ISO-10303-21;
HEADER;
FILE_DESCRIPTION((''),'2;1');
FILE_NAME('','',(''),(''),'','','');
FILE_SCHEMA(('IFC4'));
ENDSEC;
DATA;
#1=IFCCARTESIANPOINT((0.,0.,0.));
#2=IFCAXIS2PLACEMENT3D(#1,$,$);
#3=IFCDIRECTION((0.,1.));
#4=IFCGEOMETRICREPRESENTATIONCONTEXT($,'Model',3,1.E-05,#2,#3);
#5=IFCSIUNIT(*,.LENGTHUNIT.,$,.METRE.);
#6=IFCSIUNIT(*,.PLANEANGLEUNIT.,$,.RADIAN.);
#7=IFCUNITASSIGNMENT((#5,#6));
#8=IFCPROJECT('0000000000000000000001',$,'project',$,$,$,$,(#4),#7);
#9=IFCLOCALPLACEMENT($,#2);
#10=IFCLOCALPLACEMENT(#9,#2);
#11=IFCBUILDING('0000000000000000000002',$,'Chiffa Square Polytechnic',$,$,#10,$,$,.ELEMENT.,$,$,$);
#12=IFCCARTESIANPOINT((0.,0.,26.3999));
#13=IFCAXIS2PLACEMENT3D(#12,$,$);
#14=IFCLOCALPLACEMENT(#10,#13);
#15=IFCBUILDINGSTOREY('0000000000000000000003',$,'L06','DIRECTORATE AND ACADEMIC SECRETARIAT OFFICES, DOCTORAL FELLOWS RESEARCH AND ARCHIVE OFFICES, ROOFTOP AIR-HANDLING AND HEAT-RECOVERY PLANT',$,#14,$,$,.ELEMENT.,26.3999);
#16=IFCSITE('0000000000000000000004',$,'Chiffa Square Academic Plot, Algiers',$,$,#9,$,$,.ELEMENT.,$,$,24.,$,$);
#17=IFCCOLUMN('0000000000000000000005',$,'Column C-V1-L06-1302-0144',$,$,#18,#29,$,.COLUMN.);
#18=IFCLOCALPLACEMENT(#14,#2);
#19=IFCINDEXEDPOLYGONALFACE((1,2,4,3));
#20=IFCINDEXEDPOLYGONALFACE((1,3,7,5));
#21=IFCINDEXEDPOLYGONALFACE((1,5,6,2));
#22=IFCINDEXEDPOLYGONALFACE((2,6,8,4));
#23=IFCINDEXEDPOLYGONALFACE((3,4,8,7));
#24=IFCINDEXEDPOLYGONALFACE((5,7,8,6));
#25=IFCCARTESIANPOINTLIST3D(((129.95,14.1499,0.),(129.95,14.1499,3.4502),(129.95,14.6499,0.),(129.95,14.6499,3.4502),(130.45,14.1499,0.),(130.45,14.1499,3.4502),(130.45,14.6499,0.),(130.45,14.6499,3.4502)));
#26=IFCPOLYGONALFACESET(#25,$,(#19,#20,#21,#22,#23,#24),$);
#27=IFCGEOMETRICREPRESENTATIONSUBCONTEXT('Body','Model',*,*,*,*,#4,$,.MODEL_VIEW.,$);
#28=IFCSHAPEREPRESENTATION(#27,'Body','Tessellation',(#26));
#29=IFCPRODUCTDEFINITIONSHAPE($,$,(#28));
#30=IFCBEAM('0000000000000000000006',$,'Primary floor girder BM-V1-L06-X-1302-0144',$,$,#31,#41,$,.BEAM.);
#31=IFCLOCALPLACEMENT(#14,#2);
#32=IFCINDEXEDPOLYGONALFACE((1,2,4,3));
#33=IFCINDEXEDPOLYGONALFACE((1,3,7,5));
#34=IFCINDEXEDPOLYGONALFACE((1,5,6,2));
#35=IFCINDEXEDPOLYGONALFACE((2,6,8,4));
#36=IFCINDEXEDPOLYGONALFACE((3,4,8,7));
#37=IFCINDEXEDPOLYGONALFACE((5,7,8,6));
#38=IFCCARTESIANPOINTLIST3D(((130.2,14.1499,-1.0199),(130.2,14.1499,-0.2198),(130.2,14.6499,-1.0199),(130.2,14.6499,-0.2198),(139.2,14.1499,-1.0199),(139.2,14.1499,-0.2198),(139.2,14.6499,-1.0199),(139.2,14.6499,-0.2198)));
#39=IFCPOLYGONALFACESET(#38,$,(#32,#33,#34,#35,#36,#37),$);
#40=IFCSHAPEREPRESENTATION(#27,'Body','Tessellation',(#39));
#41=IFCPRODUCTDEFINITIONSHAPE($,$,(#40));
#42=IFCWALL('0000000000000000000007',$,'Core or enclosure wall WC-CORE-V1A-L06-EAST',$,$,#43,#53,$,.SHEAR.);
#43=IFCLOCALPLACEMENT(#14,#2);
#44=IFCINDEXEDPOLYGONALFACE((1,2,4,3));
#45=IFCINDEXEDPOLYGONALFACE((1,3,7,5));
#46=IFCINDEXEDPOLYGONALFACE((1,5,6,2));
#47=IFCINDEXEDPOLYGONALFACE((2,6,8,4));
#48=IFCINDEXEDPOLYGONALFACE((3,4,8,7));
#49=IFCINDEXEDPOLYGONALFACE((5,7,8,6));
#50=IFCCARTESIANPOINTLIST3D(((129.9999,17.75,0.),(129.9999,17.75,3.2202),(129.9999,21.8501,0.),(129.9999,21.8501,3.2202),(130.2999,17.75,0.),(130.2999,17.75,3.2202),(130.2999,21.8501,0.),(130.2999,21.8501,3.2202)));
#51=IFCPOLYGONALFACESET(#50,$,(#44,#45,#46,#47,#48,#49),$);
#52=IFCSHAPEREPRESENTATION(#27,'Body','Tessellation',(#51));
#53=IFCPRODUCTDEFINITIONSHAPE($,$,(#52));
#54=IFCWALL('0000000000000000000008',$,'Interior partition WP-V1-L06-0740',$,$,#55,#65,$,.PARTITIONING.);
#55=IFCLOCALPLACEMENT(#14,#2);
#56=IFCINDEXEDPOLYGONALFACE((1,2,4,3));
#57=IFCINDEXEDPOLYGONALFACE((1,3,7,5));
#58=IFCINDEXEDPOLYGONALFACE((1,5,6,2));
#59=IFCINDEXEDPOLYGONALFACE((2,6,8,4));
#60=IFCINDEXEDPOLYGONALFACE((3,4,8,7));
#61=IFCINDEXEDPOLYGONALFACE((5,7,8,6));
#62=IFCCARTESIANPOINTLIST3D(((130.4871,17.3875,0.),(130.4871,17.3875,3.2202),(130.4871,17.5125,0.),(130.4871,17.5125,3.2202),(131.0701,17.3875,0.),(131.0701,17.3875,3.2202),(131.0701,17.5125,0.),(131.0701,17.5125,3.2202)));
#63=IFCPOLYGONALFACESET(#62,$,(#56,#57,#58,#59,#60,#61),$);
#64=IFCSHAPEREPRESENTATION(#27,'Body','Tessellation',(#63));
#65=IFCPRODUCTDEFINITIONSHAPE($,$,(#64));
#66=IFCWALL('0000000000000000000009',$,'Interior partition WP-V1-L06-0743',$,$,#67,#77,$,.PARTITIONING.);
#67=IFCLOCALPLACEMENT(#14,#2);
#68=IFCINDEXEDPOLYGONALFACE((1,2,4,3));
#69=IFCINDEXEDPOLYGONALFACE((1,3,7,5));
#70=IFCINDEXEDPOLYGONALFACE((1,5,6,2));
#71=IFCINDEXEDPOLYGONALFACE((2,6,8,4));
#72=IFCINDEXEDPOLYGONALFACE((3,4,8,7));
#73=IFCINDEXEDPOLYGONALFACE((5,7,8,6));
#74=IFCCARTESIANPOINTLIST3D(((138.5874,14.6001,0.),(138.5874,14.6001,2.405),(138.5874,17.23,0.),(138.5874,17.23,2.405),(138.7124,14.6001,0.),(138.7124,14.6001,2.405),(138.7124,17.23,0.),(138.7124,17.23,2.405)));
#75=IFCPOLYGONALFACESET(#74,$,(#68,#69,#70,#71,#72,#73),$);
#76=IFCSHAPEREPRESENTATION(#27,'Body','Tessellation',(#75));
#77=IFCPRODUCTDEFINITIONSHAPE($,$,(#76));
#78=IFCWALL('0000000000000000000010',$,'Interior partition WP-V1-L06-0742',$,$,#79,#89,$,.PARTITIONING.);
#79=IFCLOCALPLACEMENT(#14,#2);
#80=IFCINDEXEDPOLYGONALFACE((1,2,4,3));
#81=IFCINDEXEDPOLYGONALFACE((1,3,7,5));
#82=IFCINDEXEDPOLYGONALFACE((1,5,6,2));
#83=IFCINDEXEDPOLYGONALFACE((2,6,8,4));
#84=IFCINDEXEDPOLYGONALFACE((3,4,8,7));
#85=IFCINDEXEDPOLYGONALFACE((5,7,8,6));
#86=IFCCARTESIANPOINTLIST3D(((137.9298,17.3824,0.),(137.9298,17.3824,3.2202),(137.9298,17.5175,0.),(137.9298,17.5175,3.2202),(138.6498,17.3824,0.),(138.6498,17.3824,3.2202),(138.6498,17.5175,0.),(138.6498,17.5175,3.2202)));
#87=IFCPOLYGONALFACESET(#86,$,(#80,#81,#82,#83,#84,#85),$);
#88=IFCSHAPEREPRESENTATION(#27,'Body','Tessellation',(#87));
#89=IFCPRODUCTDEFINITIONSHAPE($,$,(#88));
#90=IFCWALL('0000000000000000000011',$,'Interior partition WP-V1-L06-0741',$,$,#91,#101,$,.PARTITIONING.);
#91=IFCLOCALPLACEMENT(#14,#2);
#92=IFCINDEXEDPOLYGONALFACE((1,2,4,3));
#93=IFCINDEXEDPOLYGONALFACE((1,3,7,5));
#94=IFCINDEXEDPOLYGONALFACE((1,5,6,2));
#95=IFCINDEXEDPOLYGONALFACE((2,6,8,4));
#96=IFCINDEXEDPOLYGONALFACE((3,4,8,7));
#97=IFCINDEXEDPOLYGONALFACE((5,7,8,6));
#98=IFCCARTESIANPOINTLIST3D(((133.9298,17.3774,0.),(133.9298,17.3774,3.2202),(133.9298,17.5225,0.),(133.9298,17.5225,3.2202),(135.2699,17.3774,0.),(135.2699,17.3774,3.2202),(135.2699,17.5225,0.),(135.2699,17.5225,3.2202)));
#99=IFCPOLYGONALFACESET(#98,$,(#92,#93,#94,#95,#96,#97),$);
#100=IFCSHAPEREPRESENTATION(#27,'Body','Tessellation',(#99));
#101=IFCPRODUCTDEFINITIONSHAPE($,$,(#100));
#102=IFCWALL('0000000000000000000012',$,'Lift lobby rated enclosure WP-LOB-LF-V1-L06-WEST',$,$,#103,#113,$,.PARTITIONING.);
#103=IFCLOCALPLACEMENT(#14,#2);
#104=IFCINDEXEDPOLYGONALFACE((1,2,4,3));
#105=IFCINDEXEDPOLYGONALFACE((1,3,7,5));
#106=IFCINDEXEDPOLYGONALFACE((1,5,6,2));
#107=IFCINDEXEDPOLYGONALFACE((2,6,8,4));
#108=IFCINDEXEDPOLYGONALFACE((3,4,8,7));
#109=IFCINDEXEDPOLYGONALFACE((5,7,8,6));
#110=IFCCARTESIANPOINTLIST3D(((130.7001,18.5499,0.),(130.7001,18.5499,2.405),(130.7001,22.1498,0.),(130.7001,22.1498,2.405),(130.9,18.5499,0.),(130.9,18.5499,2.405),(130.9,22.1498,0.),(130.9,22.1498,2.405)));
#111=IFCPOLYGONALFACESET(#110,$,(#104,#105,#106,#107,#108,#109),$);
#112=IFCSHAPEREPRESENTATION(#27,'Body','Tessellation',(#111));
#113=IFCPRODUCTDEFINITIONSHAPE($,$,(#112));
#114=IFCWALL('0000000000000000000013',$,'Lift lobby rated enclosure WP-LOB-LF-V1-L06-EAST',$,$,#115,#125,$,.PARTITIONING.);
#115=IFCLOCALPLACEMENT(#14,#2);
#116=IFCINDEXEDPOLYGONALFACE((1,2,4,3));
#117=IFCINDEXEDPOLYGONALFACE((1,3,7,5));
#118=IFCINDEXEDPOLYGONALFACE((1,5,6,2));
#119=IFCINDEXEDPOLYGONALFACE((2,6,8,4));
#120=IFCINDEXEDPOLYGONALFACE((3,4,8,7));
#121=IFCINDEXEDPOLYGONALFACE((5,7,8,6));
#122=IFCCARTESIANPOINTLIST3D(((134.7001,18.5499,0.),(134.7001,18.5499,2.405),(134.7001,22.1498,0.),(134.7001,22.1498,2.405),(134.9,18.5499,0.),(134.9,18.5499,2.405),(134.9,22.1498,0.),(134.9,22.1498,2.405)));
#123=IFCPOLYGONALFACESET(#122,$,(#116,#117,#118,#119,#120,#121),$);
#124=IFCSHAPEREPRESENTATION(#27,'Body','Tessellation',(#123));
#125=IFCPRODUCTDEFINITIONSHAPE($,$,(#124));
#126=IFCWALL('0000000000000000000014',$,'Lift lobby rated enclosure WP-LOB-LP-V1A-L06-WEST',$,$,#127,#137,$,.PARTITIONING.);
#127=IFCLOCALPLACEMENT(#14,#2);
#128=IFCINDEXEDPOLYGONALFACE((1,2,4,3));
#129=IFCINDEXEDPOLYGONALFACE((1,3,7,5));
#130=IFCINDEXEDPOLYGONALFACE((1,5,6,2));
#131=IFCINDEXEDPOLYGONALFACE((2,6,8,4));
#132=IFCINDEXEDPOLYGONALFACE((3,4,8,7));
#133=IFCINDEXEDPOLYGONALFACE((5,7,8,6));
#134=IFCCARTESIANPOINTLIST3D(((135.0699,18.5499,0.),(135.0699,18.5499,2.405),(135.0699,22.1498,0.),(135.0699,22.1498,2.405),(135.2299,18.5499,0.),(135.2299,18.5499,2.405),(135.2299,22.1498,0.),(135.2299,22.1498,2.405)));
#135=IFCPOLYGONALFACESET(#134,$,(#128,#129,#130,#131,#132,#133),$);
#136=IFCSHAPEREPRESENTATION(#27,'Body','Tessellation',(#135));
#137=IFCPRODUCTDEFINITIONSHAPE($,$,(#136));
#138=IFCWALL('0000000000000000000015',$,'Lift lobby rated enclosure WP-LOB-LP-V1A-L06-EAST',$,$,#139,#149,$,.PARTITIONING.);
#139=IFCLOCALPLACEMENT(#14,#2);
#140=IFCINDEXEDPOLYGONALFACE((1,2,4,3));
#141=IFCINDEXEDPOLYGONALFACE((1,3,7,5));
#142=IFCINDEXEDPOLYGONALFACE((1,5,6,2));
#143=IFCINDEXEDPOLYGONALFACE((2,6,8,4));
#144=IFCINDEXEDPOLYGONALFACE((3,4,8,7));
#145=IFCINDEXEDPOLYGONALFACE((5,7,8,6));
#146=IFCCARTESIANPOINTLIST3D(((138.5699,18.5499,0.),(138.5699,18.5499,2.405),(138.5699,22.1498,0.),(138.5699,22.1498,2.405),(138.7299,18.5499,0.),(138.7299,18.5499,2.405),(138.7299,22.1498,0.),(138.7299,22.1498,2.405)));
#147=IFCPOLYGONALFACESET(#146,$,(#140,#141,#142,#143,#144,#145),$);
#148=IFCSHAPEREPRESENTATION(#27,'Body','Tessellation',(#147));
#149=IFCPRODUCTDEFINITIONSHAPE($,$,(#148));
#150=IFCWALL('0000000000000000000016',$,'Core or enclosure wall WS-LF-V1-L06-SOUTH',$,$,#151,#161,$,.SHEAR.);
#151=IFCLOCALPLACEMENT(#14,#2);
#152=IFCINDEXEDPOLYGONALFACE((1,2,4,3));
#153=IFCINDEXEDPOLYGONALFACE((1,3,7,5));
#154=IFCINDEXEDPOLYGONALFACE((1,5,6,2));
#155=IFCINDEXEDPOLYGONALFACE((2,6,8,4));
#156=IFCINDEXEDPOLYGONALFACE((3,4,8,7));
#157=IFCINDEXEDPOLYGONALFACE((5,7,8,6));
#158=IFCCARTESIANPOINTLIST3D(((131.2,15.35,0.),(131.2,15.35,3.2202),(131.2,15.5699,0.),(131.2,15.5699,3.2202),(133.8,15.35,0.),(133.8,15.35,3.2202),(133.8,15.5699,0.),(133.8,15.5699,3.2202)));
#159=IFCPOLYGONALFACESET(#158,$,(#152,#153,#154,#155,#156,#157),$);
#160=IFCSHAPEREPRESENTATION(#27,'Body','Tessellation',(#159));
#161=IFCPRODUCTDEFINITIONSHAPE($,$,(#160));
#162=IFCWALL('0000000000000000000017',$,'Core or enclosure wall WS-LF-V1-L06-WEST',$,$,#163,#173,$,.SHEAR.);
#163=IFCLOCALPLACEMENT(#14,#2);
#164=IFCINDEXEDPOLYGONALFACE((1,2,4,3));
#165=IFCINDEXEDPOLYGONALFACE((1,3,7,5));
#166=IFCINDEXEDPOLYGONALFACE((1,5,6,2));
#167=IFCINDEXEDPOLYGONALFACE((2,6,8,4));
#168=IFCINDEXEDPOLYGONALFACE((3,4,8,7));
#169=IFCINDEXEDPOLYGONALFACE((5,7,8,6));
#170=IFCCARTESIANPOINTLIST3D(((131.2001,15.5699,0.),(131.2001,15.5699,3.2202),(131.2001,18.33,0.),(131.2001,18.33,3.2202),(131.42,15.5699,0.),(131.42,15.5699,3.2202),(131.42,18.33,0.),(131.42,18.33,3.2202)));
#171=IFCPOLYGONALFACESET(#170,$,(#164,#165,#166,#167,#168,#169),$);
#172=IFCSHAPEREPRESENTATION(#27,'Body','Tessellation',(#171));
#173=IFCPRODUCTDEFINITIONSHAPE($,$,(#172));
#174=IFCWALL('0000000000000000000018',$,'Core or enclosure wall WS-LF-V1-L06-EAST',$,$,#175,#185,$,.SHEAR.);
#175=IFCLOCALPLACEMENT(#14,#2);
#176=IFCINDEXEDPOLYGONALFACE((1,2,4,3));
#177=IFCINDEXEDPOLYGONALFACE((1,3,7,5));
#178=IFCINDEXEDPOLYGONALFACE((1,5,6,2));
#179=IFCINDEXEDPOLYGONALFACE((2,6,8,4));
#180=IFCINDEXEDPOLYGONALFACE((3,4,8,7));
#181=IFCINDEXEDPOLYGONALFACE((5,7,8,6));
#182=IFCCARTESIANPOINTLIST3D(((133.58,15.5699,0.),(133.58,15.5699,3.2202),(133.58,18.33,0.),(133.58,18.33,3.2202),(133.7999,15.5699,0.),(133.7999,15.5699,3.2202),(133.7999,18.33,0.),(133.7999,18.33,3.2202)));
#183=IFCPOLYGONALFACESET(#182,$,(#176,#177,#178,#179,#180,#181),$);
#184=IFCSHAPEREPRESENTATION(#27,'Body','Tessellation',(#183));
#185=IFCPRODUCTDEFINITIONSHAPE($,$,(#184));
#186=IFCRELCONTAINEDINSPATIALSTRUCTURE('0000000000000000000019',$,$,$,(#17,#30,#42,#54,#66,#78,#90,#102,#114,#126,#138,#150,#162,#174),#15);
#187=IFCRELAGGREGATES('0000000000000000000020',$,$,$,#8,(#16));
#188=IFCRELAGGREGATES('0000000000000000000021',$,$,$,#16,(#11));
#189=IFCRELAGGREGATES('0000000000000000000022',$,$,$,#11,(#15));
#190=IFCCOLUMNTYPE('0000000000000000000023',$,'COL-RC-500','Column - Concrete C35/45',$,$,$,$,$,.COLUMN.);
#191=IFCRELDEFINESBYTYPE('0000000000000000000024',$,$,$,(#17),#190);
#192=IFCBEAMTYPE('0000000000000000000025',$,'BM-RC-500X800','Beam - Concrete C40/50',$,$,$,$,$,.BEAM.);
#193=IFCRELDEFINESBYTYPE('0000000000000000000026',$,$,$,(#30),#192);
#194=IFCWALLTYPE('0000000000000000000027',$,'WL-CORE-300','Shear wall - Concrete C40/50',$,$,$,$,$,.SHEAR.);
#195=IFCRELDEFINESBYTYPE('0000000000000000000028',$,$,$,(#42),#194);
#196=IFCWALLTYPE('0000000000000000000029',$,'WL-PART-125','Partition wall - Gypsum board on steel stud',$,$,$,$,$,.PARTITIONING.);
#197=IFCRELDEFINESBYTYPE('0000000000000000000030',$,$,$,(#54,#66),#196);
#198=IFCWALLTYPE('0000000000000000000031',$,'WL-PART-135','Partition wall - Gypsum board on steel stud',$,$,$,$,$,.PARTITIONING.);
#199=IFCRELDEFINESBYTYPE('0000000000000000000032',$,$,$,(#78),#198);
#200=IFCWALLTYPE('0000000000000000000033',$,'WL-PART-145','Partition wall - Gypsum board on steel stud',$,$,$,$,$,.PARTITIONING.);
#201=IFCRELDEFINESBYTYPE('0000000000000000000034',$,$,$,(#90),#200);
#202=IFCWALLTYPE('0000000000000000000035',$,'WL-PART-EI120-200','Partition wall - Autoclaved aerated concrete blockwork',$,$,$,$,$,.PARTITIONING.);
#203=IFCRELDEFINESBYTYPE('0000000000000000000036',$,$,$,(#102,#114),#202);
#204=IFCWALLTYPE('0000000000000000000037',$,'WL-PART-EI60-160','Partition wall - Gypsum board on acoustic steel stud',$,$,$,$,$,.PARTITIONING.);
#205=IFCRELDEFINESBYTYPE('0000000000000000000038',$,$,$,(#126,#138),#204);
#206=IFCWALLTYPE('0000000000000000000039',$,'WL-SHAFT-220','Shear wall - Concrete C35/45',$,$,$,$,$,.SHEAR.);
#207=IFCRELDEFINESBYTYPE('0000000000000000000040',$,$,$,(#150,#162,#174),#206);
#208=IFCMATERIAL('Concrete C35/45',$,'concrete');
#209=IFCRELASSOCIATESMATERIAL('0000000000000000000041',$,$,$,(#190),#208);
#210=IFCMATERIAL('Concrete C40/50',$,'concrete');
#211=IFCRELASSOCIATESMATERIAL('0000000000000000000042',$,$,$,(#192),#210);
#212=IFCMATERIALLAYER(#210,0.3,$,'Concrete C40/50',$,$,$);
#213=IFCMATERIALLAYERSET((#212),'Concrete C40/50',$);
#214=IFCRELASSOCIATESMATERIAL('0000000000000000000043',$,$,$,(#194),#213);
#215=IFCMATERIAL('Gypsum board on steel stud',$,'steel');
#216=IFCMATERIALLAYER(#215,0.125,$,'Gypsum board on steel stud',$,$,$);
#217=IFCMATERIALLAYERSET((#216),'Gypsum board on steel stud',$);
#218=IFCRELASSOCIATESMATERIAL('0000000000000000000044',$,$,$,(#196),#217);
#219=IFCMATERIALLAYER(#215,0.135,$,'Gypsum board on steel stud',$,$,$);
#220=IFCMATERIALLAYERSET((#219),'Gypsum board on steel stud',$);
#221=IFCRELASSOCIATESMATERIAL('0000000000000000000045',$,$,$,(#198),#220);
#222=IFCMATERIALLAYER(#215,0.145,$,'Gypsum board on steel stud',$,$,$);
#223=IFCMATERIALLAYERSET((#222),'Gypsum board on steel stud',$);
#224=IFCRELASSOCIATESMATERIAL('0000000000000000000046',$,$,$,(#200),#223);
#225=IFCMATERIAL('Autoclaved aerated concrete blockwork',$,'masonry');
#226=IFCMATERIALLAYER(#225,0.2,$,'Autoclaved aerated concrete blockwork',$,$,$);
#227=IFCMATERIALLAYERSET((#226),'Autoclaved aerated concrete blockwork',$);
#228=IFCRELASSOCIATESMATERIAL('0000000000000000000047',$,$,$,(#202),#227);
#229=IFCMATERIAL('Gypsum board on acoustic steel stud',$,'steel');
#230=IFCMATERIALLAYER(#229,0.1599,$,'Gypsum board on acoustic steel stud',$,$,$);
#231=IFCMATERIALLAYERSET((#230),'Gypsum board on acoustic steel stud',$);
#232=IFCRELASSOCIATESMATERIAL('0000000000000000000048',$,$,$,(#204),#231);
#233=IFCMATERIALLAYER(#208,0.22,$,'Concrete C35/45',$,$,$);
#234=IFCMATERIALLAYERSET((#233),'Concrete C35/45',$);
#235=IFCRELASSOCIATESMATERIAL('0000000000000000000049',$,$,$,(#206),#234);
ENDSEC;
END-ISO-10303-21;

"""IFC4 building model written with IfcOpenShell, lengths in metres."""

from ifc_helpers import new_model, si_unit, direction, frame, frame_2d, origin, origin_2d, place, context, subcontext, project, spatial, rectangle, extrude, material, layer, layer_set, material_profile, profile_set, type_object, element, save


model = new_model("IFC4")

# Units and contexts
model_context = context("Model", 3, precision=1e-05, world=origin(), true_north=direction((0.0, 1.0)))
body_context = subcontext(model_context, "Body", "Model", "MODEL_VIEW")
ifc_project = project(units=[si_unit("LENGTHUNIT", "METRE"), si_unit("PLANEANGLEUNIT", "RADIAN")], contexts=[model_context])

# Site, building, storey
site_placement = place(None, origin())
site = spatial("IfcSite", under=ifc_project, at=site_placement, Name="Chiffa Square Academic Plot, Algiers", CompositionType="ELEMENT", RefElevation=24.0)
building_placement = place(site_placement, origin())
building = spatial("IfcBuilding", under=site, at=building_placement, Name="Chiffa Square Polytechnic", CompositionType="ELEMENT")
storey_placement = place(building_placement, frame((0.0, 0.0, 26.3999)))
storey = spatial("IfcBuildingStorey", under=building, at=storey_placement, Name="L06", Description="DIRECTORATE AND ACADEMIC SECRETARIAT OFFICES, DOCTORAL FELLOWS RESEARCH AND ARCHIVE OFFICES, ROOFTOP AIR-HANDLING AND HEAT-RECOVERY PLANT", CompositionType="ELEMENT", Elevation=26.3999)

# Column
ifc_material_1 = material(Name="Concrete C35/45", Category="concrete")
ifc_material_profile_1 = material_profile(ifc_material_1, rectangle(XDim=0.5, YDim=0.5, at=origin_2d()), Name="RC 500x500")
ifc_profile_set_1 = profile_set([ifc_material_profile_1], Name="Concrete C35/45")
column_type = type_object("IfcColumnType", Name="COL-RC-500", Description="Column - Concrete C35/45", PredefinedType="COLUMN", material=ifc_profile_set_1)
column_placement = place(storey_placement, frame((130.2, 14.3999, 0.0), z_axis=(0.0, 0.0, 1.0), x_axis=(1.0, 0.0, 0.0)))
element("IfcColumn", 1, at=column_placement, inside=storey, type_object=column_type, Name="Column C-V1-L06-1302-0144", PredefinedType="COLUMN", context=body_context, shape_type="SweptSolid", body=[
    extrude(rectangle(XDim=0.5, YDim=0.5, at=origin_2d()), origin(), (0.0, 0.0, 1.0), 3.4502),
])

# Beam
ifc_material_2 = material(Name="Concrete C40/50", Category="concrete")
ifc_material_profile_2 = material_profile(ifc_material_2, rectangle(XDim=0.5, YDim=0.8, at=origin_2d()), Name="RC 500x800")
ifc_profile_set_2 = profile_set([ifc_material_profile_2], Name="Concrete C40/50")
beam_type = type_object("IfcBeamType", Name="BM-RC-500X800", Description="Beam - Concrete C40/50", PredefinedType="BEAM", material=ifc_profile_set_2)
beam_placement = place(storey_placement, frame((130.2, 14.3999, -0.6199), z_axis=(1.0, 0.0, 0.0), x_axis=(0.0, 1.0, 0.0)))
element("IfcBeam", 2, at=beam_placement, inside=storey, type_object=beam_type, Name="Primary floor girder BM-V1-L06-X-1302-0144", PredefinedType="BEAM", context=body_context, shape_type="SweptSolid", body=[
    extrude(rectangle(XDim=0.5, YDim=0.8, at=origin_2d()), origin(), (0.0, 0.0, 1.0), 9.0),
])

# Walls
ifc_layer_1 = layer(ifc_material_2, 0.3, Name="Concrete C40/50")
ifc_layer_set_1 = layer_set([ifc_layer_1], Name="Concrete C40/50")
wall_type_1 = type_object("IfcWallType", Name="WL-CORE-300", Description="Shear wall - Concrete C40/50", PredefinedType="SHEAR", material=ifc_layer_set_1)
wall_1_placement = place(storey_placement, frame((130.1499, 17.75, 0.0), z_axis=(0.0, 0.0, 1.0), x_axis=(0.0, 1.0, 0.0)))
element("IfcWall", 3, at=wall_1_placement, inside=storey, type_object=wall_type_1, Name="Core or enclosure wall WC-CORE-V1A-L06-EAST", PredefinedType="SHEAR", context=body_context, shape_type="SweptSolid", body=[
    extrude(rectangle(XDim=4.1001, YDim=0.3, at=frame_2d((2.05, 0.0))), origin(), (0.0, 0.0, 1.0), 3.2202),
])
ifc_material_3 = material(Name="Gypsum board on steel stud", Category="steel")
ifc_layer_2 = layer(ifc_material_3, 0.125, Name="Gypsum board on steel stud")
ifc_layer_set_2 = layer_set([ifc_layer_2], Name="Gypsum board on steel stud")
wall_type_2 = type_object("IfcWallType", Name="WL-PART-125", Description="Partition wall - Gypsum board on steel stud", PredefinedType="PARTITIONING", material=ifc_layer_set_2)
wall_2_placement = place(storey_placement, frame((130.4871, 17.45, 0.0), z_axis=(0.0, 0.0, 1.0), x_axis=(1.0, 0.0, 0.0)))
element("IfcWall", 4, at=wall_2_placement, inside=storey, type_object=wall_type_2, Name="Interior partition WP-V1-L06-0740", PredefinedType="PARTITIONING", context=body_context, shape_type="SweptSolid", body=[
    extrude(rectangle(XDim=0.583, YDim=0.125, at=frame_2d((0.2915, 0.0))), origin(), (0.0, 0.0, 1.0), 3.2202),
])
wall_3_placement = place(storey_placement, frame((138.6499, 14.6001, 0.0), z_axis=(0.0, 0.0, 1.0), x_axis=(0.0, 1.0, 0.0)))
element("IfcWall", 5, at=wall_3_placement, inside=storey, type_object=wall_type_2, Name="Interior partition WP-V1-L06-0743", PredefinedType="PARTITIONING", context=body_context, shape_type="SweptSolid", body=[
    extrude(rectangle(XDim=2.6299, YDim=0.125, at=frame_2d((1.3149, 0.0))), origin(), (0.0, 0.0, 1.0), 2.405),
])
ifc_layer_3 = layer(ifc_material_3, 0.135, Name="Gypsum board on steel stud")
ifc_layer_set_3 = layer_set([ifc_layer_3], Name="Gypsum board on steel stud")
wall_type_3 = type_object("IfcWallType", Name="WL-PART-135", Description="Partition wall - Gypsum board on steel stud", PredefinedType="PARTITIONING", material=ifc_layer_set_3)
wall_4_placement = place(storey_placement, frame((137.9299, 17.45, 0.0), z_axis=(0.0, 0.0, 1.0), x_axis=(1.0, 0.0, 0.0)))
element("IfcWall", 6, at=wall_4_placement, inside=storey, type_object=wall_type_3, Name="Interior partition WP-V1-L06-0742", PredefinedType="PARTITIONING", context=body_context, shape_type="SweptSolid", body=[
    extrude(rectangle(XDim=0.72, YDim=0.135, at=frame_2d((0.3599, 0.0))), origin(), (0.0, 0.0, 1.0), 3.2202),
])
ifc_layer_4 = layer(ifc_material_3, 0.145, Name="Gypsum board on steel stud")
ifc_layer_set_4 = layer_set([ifc_layer_4], Name="Gypsum board on steel stud")
wall_type_4 = type_object("IfcWallType", Name="WL-PART-145", Description="Partition wall - Gypsum board on steel stud", PredefinedType="PARTITIONING", material=ifc_layer_set_4)
wall_5_placement = place(storey_placement, frame((133.9299, 17.45, 0.0), z_axis=(0.0, 0.0, 1.0), x_axis=(1.0, 0.0, 0.0)))
element("IfcWall", 7, at=wall_5_placement, inside=storey, type_object=wall_type_4, Name="Interior partition WP-V1-L06-0741", PredefinedType="PARTITIONING", context=body_context, shape_type="SweptSolid", body=[
    extrude(rectangle(XDim=1.3401, YDim=0.145, at=frame_2d((0.6699, 0.0))), origin(), (0.0, 0.0, 1.0), 3.2202),
])

# Shared definitions
ifc_material_4 = material(Name="Autoclaved aerated concrete blockwork", Category="masonry")
ifc_layer_5 = layer(ifc_material_4, 0.2, Name="Autoclaved aerated concrete blockwork")
ifc_layer_set_5 = layer_set([ifc_layer_5], Name="Autoclaved aerated concrete blockwork")
wall_type_5 = type_object("IfcWallType", Name="WL-PART-EI120-200", Description="Partition wall - Autoclaved aerated concrete blockwork", PredefinedType="PARTITIONING", material=ifc_layer_set_5)

# Walls
for number, where, z_axis, x_axis, name in (
    (8, (130.8, 18.55, 0.0), (0.0, 0.0, 1.0), (0.0, 1.0, 0.0), "Lift lobby rated enclosure WP-LOB-LF-V1-L06-WEST"),
    (9, (134.8, 18.55, 0.0), (0.0, 0.0, 1.0), (0.0, 1.0, 0.0), "Lift lobby rated enclosure WP-LOB-LF-V1-L06-EAST"),
):
    element("IfcWall", number, at=place(storey_placement, frame(where, z_axis=z_axis, x_axis=x_axis)), inside=storey, type_object=wall_type_5, Name=name, PredefinedType="PARTITIONING", context=body_context, shape_type="SweptSolid", body=[
        extrude(rectangle(XDim=3.5999, YDim=0.2, at=frame_2d((1.7998, 0.0))), origin(), (0.0, 0.0, 1.0), 2.405),
    ])

# Shared definitions
ifc_material_5 = material(Name="Gypsum board on acoustic steel stud", Category="steel")
ifc_layer_6 = layer(ifc_material_5, 0.1599, Name="Gypsum board on acoustic steel stud")
ifc_layer_set_6 = layer_set([ifc_layer_6], Name="Gypsum board on acoustic steel stud")
wall_type_6 = type_object("IfcWallType", Name="WL-PART-EI60-160", Description="Partition wall - Gypsum board on acoustic steel stud", PredefinedType="PARTITIONING", material=ifc_layer_set_6)

# Walls
for number, where, z_axis, x_axis, name in (
    (10, (135.1499, 18.55, 0.0), (0.0, 0.0, 1.0), (0.0, 1.0, 0.0), "Lift lobby rated enclosure WP-LOB-LP-V1A-L06-WEST"),
    (11, (138.6499, 18.55, 0.0), (0.0, 0.0, 1.0), (0.0, 1.0, 0.0), "Lift lobby rated enclosure WP-LOB-LP-V1A-L06-EAST"),
):
    element("IfcWall", number, at=place(storey_placement, frame(where, z_axis=z_axis, x_axis=x_axis)), inside=storey, type_object=wall_type_6, Name=name, PredefinedType="PARTITIONING", context=body_context, shape_type="SweptSolid", body=[
        extrude(rectangle(XDim=3.5999, YDim=0.1599, at=frame_2d((1.7998, 0.0))), origin(), (0.0, 0.0, 1.0), 2.405),
    ])
ifc_layer_7 = layer(ifc_material_1, 0.22, Name="Concrete C35/45")
ifc_layer_set_7 = layer_set([ifc_layer_7], Name="Concrete C35/45")
wall_type_7 = type_object("IfcWallType", Name="WL-SHAFT-220", Description="Shear wall - Concrete C35/45", PredefinedType="SHEAR", material=ifc_layer_set_7)
wall_6_placement = place(storey_placement, frame((131.2, 15.46, 0.0), z_axis=(0.0, 0.0, 1.0), x_axis=(1.0, 0.0, 0.0)))
element("IfcWall", 12, at=wall_6_placement, inside=storey, type_object=wall_type_7, Name="Core or enclosure wall WS-LF-V1-L06-SOUTH", PredefinedType="SHEAR", context=body_context, shape_type="SweptSolid", body=[
    extrude(rectangle(XDim=2.6001, YDim=0.22, at=frame_2d((1.3, 0.0))), origin(), (0.0, 0.0, 1.0), 3.2202),
])

# Walls
for number, where, z_axis, x_axis, name in (
    (13, (131.3101, 15.5701, 0.0), (0.0, 0.0, 1.0), (0.0, 1.0, 0.0), "Core or enclosure wall WS-LF-V1-L06-WEST"),
    (14, (133.6899, 15.5701, 0.0), (0.0, 0.0, 1.0), (0.0, 1.0, 0.0), "Core or enclosure wall WS-LF-V1-L06-EAST"),
):
    element("IfcWall", number, at=place(storey_placement, frame(where, z_axis=z_axis, x_axis=x_axis)), inside=storey, type_object=wall_type_7, Name=name, PredefinedType="SHEAR", context=body_context, shape_type="SweptSolid", body=[
        extrude(rectangle(XDim=2.76, YDim=0.22, at=frame_2d((1.3799, 0.0))), origin(), (0.0, 0.0, 1.0), 3.2202),
    ])

save(model, "model.ifc")
